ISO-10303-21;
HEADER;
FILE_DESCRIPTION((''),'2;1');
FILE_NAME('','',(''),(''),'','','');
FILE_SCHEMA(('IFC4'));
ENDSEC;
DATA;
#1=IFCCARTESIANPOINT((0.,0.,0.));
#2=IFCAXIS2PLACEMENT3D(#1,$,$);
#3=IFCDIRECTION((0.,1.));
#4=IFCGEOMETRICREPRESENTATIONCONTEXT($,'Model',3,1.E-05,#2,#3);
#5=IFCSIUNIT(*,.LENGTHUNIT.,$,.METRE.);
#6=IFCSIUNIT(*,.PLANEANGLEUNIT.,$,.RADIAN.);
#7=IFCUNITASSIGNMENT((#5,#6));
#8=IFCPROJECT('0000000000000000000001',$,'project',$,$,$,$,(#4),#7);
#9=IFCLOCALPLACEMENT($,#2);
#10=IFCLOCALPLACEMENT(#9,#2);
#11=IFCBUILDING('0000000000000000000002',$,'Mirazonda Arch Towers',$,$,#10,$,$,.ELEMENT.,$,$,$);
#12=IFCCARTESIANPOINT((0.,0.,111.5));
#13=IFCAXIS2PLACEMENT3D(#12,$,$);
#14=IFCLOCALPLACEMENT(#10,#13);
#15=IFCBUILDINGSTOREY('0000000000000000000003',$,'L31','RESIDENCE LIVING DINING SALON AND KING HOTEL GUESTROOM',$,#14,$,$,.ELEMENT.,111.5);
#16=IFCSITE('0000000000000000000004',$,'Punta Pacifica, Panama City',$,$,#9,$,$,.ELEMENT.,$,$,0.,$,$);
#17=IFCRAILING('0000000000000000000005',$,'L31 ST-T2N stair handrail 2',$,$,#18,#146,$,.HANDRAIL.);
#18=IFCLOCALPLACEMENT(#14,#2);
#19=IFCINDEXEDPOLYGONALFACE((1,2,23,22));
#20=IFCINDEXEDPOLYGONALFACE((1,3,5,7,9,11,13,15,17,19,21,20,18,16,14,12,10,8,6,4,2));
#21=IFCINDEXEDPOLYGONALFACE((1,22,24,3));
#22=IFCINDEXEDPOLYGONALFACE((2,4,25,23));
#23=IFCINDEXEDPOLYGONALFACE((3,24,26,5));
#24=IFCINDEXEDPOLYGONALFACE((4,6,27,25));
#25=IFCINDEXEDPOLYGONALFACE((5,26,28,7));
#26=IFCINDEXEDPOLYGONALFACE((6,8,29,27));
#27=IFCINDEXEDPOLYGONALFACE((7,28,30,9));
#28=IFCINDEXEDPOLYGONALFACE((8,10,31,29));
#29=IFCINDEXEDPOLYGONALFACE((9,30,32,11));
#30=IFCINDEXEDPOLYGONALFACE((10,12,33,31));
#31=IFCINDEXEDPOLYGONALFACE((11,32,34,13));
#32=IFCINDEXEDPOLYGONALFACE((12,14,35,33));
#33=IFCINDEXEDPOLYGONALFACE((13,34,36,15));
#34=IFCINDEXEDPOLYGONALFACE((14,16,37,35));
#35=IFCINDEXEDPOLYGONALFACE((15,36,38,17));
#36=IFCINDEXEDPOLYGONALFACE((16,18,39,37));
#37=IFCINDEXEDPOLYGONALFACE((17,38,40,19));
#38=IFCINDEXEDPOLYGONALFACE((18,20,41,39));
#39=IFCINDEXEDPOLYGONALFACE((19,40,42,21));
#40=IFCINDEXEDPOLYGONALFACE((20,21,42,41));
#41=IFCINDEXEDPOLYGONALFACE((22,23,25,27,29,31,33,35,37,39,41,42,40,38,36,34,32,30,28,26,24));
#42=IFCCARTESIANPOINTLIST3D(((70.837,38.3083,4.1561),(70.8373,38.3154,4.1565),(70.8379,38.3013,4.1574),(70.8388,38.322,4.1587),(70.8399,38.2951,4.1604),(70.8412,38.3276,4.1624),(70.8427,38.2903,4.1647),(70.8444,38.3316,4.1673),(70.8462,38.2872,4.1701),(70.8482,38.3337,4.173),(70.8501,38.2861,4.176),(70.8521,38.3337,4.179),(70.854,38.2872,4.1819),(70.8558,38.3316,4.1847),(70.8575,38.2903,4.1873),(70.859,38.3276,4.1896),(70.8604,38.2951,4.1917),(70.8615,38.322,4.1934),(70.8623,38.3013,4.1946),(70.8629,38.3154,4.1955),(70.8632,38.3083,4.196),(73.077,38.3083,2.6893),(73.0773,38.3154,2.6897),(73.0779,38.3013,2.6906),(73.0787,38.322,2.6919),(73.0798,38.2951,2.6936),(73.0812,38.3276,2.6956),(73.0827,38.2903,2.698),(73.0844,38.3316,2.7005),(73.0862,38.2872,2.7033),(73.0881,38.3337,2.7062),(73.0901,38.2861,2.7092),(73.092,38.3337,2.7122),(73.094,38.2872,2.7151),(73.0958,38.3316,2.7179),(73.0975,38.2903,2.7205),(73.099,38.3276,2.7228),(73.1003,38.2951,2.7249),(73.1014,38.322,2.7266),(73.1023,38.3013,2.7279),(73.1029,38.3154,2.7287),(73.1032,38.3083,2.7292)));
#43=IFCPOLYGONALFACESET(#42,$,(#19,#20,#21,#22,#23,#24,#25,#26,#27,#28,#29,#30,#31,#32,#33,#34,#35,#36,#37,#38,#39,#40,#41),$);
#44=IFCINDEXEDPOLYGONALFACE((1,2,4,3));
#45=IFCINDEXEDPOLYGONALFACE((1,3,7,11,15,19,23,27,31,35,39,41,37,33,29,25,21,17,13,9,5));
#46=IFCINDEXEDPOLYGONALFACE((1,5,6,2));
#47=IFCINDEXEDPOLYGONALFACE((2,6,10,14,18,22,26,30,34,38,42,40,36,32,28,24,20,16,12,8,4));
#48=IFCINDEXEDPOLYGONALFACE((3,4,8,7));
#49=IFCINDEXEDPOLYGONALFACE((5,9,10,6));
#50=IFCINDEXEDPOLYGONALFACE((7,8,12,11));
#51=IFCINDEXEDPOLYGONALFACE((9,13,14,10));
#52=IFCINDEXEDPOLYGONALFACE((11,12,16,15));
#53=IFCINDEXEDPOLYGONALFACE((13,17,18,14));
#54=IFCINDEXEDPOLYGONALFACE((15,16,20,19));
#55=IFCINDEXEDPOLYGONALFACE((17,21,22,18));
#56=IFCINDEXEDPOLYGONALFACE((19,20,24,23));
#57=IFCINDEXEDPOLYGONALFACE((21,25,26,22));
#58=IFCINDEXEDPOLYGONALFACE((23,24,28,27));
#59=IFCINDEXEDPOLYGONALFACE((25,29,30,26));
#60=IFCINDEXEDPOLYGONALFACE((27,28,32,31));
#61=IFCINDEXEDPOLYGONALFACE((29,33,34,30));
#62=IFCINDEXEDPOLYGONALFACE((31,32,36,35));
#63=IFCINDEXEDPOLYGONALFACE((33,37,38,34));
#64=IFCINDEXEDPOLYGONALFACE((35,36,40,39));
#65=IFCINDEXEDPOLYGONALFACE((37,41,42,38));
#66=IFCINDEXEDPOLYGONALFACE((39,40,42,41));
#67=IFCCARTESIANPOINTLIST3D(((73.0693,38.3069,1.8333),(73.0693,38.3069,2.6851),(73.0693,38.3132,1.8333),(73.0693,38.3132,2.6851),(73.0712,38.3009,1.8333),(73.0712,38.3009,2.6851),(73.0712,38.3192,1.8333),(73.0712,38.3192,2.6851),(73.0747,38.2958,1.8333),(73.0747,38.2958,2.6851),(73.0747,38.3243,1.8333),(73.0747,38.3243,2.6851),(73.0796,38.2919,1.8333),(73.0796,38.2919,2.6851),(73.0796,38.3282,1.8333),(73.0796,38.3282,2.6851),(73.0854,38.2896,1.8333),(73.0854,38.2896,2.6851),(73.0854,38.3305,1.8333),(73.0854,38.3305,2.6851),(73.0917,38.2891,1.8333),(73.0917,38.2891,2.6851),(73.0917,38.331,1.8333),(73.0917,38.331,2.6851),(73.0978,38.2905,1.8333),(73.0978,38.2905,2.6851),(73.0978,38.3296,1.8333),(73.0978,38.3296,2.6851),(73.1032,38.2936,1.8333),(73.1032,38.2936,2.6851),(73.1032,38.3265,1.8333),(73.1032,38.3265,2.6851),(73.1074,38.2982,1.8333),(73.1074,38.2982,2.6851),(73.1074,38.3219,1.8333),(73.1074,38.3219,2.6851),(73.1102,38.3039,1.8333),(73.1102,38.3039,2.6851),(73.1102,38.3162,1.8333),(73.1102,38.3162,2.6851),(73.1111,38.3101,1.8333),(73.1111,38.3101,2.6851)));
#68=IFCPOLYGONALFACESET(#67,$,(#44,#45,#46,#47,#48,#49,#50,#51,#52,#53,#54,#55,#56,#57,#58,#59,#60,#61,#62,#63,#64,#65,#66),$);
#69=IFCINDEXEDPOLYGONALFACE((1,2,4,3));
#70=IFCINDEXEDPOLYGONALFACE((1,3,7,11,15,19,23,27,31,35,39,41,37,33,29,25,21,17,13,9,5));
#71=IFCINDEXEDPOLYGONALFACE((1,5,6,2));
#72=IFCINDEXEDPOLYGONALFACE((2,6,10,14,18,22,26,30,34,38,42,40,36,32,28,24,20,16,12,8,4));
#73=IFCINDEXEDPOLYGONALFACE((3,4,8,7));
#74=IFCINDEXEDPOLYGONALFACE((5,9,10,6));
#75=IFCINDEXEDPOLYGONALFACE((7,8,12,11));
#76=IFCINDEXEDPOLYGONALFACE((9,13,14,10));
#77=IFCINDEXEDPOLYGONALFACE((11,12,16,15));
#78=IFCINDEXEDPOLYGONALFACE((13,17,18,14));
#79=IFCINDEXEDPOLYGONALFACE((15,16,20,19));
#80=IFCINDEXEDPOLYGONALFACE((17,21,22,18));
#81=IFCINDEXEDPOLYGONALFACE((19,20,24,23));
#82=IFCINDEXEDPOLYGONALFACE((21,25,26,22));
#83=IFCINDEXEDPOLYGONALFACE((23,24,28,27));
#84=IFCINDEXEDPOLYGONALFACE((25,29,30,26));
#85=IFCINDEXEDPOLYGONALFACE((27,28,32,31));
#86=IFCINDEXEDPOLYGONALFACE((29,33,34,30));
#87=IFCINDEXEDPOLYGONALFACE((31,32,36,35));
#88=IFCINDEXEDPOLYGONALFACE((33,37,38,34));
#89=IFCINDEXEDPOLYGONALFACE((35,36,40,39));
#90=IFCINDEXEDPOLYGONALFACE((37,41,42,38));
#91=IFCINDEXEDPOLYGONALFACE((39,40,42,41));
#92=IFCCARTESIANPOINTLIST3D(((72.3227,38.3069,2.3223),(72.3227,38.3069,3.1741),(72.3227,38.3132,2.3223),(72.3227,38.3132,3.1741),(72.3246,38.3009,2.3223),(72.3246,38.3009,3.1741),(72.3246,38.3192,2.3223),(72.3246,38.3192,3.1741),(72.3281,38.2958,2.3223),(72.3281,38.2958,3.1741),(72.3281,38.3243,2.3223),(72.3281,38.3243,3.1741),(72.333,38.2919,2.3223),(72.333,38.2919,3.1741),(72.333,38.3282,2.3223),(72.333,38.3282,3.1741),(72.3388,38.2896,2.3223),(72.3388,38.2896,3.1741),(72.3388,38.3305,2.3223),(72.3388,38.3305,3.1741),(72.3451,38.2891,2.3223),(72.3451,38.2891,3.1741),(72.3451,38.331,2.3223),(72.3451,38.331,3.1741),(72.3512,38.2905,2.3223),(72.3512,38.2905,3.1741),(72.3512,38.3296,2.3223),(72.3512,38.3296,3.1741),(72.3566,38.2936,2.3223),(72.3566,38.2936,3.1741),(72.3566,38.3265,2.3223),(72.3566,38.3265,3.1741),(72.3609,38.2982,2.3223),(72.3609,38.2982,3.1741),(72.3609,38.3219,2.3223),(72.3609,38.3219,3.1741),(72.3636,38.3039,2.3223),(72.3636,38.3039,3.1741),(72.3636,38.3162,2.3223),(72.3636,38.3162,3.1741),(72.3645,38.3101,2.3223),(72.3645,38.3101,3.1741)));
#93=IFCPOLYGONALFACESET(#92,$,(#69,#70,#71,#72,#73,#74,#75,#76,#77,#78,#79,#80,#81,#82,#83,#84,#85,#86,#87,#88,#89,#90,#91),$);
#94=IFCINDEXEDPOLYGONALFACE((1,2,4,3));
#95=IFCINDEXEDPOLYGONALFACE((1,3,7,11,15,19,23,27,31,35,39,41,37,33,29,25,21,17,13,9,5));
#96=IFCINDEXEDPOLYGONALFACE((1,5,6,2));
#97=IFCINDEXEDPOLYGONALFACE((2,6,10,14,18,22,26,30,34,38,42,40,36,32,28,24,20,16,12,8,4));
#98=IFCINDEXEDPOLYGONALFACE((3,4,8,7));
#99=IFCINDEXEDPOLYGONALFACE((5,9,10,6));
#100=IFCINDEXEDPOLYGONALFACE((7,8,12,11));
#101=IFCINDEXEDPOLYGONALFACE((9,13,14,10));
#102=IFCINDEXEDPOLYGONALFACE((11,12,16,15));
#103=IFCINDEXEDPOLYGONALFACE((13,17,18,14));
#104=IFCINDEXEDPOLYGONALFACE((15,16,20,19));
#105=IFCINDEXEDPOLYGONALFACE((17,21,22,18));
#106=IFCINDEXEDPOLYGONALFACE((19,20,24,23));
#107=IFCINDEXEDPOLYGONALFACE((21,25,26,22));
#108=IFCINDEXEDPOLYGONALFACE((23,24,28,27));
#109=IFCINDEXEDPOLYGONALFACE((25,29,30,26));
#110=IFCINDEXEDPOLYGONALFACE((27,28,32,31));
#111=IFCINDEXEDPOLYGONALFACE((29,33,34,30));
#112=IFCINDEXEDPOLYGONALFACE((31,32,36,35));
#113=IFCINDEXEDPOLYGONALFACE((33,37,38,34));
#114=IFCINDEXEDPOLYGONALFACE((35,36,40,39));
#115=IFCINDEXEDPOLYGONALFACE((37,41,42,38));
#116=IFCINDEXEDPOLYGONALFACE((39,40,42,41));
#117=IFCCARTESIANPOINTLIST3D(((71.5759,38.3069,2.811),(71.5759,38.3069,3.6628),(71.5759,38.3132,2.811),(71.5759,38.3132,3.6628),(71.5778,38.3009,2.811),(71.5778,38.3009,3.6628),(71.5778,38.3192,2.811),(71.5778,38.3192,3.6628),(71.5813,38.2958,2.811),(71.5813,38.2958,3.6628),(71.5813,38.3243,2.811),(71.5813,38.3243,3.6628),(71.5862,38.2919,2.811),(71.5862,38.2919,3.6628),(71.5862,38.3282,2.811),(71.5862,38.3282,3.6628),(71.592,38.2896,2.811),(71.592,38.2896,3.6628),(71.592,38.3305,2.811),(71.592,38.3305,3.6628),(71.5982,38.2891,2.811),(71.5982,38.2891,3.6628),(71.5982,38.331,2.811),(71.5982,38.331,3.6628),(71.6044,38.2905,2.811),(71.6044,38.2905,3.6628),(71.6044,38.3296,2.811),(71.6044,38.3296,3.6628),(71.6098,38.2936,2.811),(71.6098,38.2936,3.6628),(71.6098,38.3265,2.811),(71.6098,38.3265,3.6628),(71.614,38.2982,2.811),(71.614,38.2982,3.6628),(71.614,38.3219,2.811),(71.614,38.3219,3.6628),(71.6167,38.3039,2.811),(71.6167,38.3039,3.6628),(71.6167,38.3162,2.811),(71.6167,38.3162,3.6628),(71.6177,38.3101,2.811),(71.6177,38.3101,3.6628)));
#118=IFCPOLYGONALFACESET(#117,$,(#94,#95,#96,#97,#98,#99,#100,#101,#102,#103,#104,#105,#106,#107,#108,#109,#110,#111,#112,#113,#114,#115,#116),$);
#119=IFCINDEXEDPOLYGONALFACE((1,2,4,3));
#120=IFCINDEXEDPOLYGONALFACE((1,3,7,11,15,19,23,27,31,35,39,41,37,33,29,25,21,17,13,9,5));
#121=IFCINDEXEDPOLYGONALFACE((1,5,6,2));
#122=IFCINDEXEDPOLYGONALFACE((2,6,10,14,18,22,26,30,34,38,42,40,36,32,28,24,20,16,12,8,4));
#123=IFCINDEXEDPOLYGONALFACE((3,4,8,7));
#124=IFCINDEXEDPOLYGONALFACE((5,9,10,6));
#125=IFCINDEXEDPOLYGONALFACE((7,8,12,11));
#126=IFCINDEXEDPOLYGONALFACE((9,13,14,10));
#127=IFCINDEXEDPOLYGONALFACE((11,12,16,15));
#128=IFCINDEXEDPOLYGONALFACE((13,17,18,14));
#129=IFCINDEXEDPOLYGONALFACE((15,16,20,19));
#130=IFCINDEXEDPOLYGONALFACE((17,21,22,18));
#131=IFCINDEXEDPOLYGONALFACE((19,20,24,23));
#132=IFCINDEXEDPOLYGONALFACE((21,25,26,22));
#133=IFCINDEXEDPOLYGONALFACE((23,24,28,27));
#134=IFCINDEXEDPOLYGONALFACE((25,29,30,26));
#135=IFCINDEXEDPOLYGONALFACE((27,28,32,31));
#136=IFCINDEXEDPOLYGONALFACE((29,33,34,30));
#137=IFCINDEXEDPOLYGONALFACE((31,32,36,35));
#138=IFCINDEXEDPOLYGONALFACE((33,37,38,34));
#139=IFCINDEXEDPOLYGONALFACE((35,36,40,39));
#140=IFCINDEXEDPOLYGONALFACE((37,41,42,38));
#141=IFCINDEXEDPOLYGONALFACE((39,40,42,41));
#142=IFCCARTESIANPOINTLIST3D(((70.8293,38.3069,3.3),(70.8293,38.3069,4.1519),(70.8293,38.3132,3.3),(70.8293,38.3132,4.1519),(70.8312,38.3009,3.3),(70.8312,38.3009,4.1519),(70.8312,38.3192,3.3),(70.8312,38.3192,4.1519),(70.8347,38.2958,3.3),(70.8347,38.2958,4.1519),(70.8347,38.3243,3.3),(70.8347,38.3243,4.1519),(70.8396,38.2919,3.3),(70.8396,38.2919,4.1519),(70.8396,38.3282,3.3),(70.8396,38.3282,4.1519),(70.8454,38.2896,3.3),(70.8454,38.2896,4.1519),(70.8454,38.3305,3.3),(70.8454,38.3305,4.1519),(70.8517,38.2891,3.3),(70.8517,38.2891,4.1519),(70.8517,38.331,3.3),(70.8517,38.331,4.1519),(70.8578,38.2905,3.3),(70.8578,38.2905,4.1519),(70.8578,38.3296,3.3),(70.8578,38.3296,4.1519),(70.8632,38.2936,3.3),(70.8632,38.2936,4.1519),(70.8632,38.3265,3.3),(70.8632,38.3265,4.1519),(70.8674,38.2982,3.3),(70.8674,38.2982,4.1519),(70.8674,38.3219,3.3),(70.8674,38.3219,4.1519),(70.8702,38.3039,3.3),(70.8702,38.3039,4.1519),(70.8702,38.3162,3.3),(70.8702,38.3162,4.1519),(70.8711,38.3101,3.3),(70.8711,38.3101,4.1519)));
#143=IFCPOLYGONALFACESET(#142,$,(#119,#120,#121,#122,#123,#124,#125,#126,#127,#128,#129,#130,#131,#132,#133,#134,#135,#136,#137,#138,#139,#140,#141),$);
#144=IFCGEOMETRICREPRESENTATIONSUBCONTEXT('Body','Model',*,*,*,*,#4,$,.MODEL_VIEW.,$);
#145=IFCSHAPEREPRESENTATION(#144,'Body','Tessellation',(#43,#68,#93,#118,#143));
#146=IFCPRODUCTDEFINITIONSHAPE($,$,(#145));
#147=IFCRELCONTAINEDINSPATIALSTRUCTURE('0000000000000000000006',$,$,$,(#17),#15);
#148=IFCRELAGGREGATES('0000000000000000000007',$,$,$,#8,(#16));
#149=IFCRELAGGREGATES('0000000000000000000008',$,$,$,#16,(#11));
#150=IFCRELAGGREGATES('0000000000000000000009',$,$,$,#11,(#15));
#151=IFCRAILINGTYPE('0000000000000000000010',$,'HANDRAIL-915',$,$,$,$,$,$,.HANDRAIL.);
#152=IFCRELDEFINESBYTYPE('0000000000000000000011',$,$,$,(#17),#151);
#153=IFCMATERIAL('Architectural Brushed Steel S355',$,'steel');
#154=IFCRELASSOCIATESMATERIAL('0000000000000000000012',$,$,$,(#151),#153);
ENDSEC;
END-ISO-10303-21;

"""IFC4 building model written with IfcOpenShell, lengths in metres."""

from ifc_helpers import new_model, si_unit, direction, frame, origin, origin_2d, place, context, subcontext, project, spatial, circle, extrude, material, type_object, element, save


model = new_model("IFC4")

# Units and contexts
model_context = context("Model", 3, precision=1e-05, world=origin(), true_north=direction((0.0, 1.0)))
body_context = subcontext(model_context, "Body", "Model", "MODEL_VIEW")
ifc_project = project(units=[si_unit("LENGTHUNIT", "METRE"), si_unit("PLANEANGLEUNIT", "RADIAN")], contexts=[model_context])

# Site, building, storey
site_placement = place(None, origin())
site = spatial("IfcSite", under=ifc_project, at=site_placement, Name="Punta Pacifica, Panama City", CompositionType="ELEMENT", RefElevation=0.0)
building_placement = place(site_placement, origin())
building = spatial("IfcBuilding", under=site, at=building_placement, Name="Mirazonda Arch Towers", CompositionType="ELEMENT")
storey_placement = place(building_placement, frame((0.0, 0.0, 111.5)))
storey = spatial("IfcBuildingStorey", under=building, at=storey_placement, Name="L31", Description="RESIDENCE LIVING DINING SALON AND KING HOTEL GUESTROOM", CompositionType="ELEMENT", Elevation=111.5)

# Shared definitions
ifc_material_1 = material(Name="Architectural Brushed Steel S355", Category="steel")

# Railing
railing_type_1 = type_object("IfcRailingType", Name="HANDRAIL-915", PredefinedType="HANDRAIL", material=ifc_material_1)
railing_1_placement = place(storey_placement, frame((73.0901, 38.3101, 1.8333)))
element("IfcRailing", 1, at=railing_1_placement, inside=storey, type_object=railing_type_1, Name="L31 ST-T2N stair handrail 2", PredefinedType="HANDRAIL", context=body_context, shape_type="SweptSolid", body=[
    extrude(circle(Radius=0.0239, at=origin_2d()), frame((0.0, 0.0, 0.876), z_axis=(-0.836595, 0.0, 0.547822), x_axis=(0.0, -1.0, 0.0)), (0.0, 0.0, 1.0), 2.6775),
    extrude(circle(Radius=0.021, at=origin_2d()), origin(), (0.0, 0.0, 1.0), 0.8518),
    extrude(circle(Radius=0.021, at=origin_2d()), frame((-0.7466, 0.0, 0.489)), (0.0, 0.0, 1.0), 0.8518),
    extrude(circle(Radius=0.021, at=origin_2d()), frame((-1.4934, 0.0, 0.9778)), (0.0, 0.0, 1.0), 0.8518),
    extrude(circle(Radius=0.021, at=origin_2d()), frame((-2.24, 0.0, 1.4668)), (0.0, 0.0, 1.0), 0.8518),
])

save(model, "model.ifc")
